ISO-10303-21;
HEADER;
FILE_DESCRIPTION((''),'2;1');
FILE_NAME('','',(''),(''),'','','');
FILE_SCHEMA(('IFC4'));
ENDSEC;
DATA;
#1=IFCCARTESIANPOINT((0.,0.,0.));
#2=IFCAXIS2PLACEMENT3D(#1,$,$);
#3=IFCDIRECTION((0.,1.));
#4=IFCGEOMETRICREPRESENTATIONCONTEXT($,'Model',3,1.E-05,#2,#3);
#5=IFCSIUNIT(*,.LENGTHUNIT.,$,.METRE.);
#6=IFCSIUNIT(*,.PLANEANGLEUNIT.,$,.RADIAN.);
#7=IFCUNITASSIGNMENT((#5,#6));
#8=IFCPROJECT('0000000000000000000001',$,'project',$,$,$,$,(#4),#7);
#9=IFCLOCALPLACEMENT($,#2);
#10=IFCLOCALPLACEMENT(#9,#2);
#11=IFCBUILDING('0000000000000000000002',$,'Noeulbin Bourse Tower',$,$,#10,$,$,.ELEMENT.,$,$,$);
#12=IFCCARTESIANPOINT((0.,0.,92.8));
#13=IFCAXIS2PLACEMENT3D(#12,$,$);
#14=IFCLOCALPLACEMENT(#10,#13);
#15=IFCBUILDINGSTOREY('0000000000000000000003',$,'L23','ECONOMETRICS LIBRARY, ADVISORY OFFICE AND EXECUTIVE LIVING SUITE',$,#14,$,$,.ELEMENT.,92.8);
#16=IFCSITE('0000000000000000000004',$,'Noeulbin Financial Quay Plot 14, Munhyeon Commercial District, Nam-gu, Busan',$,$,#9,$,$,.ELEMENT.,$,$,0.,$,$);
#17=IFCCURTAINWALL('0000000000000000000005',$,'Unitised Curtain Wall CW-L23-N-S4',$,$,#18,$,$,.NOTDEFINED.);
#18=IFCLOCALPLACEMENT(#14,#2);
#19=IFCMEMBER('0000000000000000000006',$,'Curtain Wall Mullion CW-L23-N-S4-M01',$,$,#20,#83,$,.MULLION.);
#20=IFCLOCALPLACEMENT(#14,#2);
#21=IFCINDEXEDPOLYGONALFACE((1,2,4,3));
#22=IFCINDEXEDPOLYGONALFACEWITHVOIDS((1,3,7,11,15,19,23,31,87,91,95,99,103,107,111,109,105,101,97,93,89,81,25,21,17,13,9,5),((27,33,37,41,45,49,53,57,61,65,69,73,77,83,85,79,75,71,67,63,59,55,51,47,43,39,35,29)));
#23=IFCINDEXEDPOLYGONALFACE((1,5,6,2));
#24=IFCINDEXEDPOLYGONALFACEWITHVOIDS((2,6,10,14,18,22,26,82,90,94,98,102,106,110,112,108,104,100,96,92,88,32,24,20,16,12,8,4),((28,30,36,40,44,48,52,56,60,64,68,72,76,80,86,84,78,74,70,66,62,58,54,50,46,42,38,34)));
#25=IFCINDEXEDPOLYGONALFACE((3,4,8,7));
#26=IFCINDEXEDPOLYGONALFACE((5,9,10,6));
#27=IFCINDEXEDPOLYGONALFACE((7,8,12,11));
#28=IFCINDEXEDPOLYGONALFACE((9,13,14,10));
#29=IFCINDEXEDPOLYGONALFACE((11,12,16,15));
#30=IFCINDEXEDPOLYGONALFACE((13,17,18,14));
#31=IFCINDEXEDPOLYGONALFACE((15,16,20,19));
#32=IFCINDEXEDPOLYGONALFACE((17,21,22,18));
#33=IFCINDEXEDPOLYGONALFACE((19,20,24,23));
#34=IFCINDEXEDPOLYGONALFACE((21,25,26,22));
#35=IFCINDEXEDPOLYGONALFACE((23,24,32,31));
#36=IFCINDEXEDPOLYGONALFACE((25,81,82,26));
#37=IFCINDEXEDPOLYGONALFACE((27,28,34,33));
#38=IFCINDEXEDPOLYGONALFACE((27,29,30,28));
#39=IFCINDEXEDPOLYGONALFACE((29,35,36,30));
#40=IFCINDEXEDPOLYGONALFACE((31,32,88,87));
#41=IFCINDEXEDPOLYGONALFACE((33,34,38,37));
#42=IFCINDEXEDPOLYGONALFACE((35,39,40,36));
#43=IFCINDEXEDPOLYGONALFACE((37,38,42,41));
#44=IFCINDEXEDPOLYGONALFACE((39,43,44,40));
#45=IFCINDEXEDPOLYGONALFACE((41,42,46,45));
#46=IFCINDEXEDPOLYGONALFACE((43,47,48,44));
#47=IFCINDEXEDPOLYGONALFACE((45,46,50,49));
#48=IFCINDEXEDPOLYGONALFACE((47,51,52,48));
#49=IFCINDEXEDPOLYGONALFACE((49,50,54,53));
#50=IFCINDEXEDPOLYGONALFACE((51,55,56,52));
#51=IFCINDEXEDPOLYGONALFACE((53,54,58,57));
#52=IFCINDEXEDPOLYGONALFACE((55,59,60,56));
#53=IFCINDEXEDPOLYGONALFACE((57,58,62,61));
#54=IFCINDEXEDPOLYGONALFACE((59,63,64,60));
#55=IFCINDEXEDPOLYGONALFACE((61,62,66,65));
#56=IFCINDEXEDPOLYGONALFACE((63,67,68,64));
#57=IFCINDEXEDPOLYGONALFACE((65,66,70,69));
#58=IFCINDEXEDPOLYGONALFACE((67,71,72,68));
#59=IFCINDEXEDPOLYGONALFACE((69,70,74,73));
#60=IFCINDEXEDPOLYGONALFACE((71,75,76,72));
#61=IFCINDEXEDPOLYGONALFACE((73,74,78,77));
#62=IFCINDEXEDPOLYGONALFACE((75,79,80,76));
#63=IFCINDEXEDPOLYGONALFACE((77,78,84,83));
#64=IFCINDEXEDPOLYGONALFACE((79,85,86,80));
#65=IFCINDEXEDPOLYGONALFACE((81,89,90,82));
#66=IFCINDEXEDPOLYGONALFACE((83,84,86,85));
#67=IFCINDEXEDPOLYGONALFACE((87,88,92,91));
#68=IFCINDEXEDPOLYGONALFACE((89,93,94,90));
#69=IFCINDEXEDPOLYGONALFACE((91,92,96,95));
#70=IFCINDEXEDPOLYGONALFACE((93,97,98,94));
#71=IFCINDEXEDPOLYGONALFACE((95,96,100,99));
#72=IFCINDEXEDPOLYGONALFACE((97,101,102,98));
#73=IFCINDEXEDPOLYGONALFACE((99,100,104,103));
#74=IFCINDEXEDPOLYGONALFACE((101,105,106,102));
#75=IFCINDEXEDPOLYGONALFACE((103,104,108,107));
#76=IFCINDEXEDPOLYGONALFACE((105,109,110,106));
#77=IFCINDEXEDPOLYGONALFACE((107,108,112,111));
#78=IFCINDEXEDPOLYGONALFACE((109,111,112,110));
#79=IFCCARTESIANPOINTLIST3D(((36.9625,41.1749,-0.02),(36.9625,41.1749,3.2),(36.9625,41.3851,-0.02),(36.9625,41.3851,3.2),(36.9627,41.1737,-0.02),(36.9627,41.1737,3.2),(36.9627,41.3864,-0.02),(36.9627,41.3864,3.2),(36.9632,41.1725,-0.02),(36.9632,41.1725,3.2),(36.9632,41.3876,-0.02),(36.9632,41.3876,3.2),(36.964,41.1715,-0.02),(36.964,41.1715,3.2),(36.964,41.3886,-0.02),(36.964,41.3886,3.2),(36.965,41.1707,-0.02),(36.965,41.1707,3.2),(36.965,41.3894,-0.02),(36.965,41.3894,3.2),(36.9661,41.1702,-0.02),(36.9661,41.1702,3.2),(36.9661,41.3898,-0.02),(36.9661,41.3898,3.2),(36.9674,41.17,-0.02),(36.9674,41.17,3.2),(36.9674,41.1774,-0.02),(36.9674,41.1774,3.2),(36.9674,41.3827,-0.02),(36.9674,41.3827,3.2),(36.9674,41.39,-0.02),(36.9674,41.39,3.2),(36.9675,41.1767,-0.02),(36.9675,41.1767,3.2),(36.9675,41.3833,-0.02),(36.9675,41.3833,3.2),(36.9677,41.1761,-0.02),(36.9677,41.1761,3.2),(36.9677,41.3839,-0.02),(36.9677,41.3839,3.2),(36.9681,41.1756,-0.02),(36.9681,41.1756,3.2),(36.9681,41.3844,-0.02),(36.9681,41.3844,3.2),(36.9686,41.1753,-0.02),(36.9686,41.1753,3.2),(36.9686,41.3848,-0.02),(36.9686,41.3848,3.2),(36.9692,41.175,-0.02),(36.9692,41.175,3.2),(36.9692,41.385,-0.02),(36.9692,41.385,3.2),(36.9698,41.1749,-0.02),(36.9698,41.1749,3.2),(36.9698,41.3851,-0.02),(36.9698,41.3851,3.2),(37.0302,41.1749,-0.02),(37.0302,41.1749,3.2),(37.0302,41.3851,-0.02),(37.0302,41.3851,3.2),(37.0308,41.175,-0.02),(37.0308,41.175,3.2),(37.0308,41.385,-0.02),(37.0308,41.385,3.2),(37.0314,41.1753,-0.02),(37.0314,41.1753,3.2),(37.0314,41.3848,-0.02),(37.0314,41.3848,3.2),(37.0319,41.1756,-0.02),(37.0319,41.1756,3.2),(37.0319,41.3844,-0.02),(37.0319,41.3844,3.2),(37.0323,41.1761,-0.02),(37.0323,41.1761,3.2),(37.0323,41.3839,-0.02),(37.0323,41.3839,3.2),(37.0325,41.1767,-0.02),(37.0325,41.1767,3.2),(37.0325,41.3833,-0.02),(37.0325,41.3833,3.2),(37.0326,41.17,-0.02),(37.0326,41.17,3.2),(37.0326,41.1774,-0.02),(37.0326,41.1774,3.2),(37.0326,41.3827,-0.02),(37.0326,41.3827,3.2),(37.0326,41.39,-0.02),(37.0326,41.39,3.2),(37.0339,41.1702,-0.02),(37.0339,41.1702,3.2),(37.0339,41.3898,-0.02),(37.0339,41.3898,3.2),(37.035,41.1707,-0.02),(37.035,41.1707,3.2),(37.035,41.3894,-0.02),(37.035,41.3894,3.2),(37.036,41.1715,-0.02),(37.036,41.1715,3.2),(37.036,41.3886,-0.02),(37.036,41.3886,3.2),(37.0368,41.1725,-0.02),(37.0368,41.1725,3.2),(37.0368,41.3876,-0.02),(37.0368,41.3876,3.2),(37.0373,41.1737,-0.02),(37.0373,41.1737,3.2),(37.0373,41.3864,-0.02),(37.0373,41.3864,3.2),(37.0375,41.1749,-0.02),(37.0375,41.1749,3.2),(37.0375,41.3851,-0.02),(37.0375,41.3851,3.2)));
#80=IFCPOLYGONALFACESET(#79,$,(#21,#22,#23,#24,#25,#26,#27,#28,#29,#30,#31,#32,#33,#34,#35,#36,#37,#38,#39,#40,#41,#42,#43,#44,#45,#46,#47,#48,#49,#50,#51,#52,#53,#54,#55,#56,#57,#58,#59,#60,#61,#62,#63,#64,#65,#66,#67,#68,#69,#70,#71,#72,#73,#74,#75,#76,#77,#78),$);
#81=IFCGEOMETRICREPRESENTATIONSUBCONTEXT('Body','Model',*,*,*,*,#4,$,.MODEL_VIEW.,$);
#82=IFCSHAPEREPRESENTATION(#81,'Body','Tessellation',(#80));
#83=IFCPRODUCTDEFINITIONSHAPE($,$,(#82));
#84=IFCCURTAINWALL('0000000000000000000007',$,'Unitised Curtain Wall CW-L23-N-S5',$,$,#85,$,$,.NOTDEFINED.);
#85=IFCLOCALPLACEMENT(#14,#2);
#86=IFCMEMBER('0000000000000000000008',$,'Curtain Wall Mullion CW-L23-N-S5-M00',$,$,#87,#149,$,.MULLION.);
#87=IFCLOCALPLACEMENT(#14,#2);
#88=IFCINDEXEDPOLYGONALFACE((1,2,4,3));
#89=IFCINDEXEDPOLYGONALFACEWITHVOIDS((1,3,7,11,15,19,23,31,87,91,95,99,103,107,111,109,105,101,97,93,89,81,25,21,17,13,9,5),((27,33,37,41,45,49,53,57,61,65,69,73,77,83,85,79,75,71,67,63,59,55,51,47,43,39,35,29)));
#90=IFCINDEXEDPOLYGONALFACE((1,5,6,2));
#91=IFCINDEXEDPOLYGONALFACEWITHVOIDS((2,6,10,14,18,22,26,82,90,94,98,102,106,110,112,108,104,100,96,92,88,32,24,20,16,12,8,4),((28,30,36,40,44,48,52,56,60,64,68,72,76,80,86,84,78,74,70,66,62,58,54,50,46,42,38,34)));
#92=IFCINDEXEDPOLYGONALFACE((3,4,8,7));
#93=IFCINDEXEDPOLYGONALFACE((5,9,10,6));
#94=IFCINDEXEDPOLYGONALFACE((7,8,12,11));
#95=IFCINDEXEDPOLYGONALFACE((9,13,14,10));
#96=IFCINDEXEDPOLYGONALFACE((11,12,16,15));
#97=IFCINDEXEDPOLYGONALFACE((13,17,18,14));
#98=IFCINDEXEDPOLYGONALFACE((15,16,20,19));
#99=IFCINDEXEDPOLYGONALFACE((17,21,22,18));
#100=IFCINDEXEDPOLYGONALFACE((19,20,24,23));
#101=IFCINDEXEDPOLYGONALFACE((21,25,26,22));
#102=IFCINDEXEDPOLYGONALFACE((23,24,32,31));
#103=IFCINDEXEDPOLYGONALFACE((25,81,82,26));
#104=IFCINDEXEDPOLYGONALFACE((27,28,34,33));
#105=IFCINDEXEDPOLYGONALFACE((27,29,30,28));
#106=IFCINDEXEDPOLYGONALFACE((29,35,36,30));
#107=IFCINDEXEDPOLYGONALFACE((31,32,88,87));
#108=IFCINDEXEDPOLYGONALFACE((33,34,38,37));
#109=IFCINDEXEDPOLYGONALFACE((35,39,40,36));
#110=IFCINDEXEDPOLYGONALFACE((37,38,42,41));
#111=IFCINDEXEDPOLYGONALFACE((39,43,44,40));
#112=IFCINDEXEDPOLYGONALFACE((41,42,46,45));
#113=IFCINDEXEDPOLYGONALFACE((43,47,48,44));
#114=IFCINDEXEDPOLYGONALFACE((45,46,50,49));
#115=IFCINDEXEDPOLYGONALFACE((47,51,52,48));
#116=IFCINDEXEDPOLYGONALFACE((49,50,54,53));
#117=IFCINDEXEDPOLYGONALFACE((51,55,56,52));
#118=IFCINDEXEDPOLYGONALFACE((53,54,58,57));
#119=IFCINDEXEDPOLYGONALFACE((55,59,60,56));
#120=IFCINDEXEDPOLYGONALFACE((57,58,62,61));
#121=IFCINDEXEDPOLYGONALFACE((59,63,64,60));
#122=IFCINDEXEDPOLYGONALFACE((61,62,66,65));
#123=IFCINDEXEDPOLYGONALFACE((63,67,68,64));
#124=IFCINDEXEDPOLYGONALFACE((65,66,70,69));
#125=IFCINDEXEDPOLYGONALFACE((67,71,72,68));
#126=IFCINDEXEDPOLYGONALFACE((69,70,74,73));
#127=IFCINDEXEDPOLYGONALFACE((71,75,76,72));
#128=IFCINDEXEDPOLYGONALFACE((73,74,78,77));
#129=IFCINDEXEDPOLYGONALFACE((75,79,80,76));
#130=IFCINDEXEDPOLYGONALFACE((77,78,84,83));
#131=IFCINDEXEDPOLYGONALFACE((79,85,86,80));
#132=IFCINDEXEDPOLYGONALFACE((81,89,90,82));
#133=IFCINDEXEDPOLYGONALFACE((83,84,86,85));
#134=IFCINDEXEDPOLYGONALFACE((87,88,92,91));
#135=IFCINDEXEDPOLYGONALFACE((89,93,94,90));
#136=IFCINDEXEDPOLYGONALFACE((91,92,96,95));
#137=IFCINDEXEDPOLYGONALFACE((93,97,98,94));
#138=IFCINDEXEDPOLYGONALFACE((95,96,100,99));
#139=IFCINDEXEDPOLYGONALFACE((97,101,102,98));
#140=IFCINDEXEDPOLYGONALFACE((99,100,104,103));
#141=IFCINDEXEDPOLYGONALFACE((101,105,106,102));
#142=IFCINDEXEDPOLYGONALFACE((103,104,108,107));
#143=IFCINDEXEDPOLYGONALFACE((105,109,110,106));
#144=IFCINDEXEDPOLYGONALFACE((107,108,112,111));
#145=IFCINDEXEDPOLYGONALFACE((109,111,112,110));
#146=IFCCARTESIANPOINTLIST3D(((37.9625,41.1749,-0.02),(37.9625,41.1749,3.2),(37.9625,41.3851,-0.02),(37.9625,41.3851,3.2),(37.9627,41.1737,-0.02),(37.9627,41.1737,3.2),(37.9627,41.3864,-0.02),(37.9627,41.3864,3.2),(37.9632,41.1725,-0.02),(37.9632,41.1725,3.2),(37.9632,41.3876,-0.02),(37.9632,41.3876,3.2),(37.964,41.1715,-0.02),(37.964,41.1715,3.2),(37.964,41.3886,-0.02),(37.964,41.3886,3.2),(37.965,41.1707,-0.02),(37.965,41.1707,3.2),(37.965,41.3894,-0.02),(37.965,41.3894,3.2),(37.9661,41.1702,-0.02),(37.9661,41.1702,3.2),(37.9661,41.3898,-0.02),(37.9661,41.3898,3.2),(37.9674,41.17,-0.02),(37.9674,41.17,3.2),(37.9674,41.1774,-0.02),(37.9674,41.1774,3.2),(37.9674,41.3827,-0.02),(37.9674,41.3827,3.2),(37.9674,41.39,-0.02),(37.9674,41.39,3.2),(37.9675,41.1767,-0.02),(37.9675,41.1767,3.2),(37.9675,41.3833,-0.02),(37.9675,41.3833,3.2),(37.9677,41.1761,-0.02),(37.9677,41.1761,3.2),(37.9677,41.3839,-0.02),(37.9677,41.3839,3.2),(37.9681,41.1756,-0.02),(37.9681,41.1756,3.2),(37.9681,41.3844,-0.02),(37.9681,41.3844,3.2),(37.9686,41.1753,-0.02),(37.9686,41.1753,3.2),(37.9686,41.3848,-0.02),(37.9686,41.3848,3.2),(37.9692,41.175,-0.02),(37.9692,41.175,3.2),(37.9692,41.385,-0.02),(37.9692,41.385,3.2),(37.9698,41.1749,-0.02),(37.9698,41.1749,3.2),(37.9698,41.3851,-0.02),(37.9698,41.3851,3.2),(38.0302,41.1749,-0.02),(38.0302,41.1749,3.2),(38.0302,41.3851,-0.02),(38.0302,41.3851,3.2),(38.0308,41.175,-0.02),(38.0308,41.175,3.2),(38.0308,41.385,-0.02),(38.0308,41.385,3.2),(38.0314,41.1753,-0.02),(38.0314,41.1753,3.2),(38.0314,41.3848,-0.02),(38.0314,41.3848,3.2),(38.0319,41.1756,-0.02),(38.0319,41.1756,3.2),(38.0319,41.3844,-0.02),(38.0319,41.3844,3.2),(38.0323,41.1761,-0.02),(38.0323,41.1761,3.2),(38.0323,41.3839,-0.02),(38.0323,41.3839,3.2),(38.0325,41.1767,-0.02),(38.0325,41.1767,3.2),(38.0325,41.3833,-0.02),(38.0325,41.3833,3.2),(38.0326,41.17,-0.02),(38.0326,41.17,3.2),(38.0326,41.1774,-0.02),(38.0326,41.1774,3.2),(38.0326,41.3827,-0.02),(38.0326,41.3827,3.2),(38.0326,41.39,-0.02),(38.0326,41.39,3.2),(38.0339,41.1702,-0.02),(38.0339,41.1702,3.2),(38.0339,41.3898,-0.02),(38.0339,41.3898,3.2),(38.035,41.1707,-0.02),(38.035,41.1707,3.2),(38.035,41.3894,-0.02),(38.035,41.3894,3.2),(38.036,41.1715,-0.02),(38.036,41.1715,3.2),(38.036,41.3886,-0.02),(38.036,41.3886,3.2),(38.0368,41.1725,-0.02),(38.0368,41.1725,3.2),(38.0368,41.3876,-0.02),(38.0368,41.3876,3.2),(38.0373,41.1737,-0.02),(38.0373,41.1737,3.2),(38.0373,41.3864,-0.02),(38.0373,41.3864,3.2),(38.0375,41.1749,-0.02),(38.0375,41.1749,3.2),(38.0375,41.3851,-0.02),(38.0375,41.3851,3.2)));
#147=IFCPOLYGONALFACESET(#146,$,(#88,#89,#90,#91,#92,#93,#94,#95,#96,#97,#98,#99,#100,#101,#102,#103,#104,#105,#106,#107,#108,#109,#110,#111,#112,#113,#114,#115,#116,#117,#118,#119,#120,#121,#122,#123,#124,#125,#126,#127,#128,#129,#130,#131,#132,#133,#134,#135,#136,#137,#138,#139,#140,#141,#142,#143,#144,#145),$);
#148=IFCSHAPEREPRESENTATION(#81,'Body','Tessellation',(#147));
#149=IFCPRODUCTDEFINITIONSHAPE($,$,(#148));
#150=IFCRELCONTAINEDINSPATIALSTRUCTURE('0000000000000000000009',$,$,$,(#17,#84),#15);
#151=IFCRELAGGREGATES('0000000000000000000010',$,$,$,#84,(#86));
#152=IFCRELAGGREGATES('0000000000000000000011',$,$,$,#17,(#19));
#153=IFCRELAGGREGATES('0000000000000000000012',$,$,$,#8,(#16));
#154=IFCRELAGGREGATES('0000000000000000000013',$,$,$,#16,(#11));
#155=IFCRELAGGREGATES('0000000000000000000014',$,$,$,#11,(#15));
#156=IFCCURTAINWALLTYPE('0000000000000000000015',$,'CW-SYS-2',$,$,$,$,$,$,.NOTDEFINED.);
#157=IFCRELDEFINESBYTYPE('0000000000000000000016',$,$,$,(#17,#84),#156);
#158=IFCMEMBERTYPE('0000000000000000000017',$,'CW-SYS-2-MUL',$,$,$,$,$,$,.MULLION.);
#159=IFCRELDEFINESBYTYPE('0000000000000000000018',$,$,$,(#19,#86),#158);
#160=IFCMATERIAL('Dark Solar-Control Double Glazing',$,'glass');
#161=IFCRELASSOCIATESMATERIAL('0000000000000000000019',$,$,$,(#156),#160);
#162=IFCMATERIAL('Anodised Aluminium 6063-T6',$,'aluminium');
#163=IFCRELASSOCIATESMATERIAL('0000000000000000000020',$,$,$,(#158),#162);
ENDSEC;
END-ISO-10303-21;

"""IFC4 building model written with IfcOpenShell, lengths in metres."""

from ifc_helpers import new_model, si_unit, direction, frame, origin, origin_2d, place, context, subcontext, project, spatial, hollow_rectangle, extrude, material, material_profile, profile_set, type_object, element, aggregate, save


model = new_model("IFC4")

# Units and contexts
model_context = context("Model", 3, precision=1e-05, world=origin(), true_north=direction((0.0, 1.0)))
body_context = subcontext(model_context, "Body", "Model", "MODEL_VIEW")
ifc_project = project(units=[si_unit("LENGTHUNIT", "METRE"), si_unit("PLANEANGLEUNIT", "RADIAN")], contexts=[model_context])

# Site, building, storey
site_placement = place(None, origin())
site = spatial("IfcSite", under=ifc_project, at=site_placement, Name="Noeulbin Financial Quay Plot 14, Munhyeon Commercial District, Nam-gu, Busan", CompositionType="ELEMENT", RefElevation=0.0)
building_placement = place(site_placement, origin())
building = spatial("IfcBuilding", under=site, at=building_placement, Name="Noeulbin Bourse Tower", CompositionType="ELEMENT")
storey_placement = place(building_placement, frame((0.0, 0.0, 92.8)))
storey = spatial("IfcBuildingStorey", under=building, at=storey_placement, Name="L23", Description="ECONOMETRICS LIBRARY, ADVISORY OFFICE AND EXECUTIVE LIVING SUITE", CompositionType="ELEMENT", Elevation=92.8)

# Shared definitions
ifc_material_1 = material(Name="Dark Solar-Control Double Glazing", Category="glass")
curtain_wall_type = type_object("IfcCurtainWallType", Name="CW-SYS-2", PredefinedType="NOTDEFINED", material=ifc_material_1)
ifc_material_2 = material(Name="Anodised Aluminium 6063-T6", Category="aluminium")
ifc_material_profile_1 = material_profile(ifc_material_2, hollow_rectangle(XDim=0.075, YDim=0.22, WallThickness=0.0049, InnerFilletRadius=0.0024, OuterFilletRadius=0.0049, at=origin_2d()), Name="ALU-MULL-75x220x5", Category="LoadBearing")
ifc_profile_set_1 = profile_set([ifc_material_profile_1], Name="Anodised Aluminium 6063-T6")
member_type_1 = type_object("IfcMemberType", Name="CW-SYS-2-MUL", PredefinedType="MULLION", material=ifc_profile_set_1)

# Curtain wall, member
curtain_wall_1_placement = place(storey_placement, origin())
curtain_wall_1 = element("IfcCurtainWall", 1, at=curtain_wall_1_placement, inside=storey, type_object=curtain_wall_type, Name="Unitised Curtain Wall CW-L23-N-S4", PredefinedType="NOTDEFINED")
member_1_placement = place(storey_placement, frame((37.0, 41.28, -0.02), z_axis=(0.0, 0.0, 1.0), x_axis=(1.0, 0.0, 0.0)))
member_1 = element("IfcMember", 2, at=member_1_placement, type_object=member_type_1, Name="Curtain Wall Mullion CW-L23-N-S4-M01", PredefinedType="MULLION", context=body_context, shape_type="SweptSolid", body=[
    extrude(hollow_rectangle(XDim=0.075, YDim=0.22, WallThickness=0.0049, InnerFilletRadius=0.0024, OuterFilletRadius=0.0049, at=origin_2d()), origin(), (0.0, 0.0, 1.0), 3.22),
])

# Curtain wall, member
curtain_wall_2_placement = place(storey_placement, origin())
curtain_wall_2 = element("IfcCurtainWall", 3, at=curtain_wall_2_placement, inside=storey, type_object=curtain_wall_type, Name="Unitised Curtain Wall CW-L23-N-S5", PredefinedType="NOTDEFINED")
member_2_placement = place(storey_placement, frame((38.0, 41.28, -0.02), z_axis=(0.0, 0.0, 1.0), x_axis=(1.0, 0.0, 0.0)))
member_2 = element("IfcMember", 4, at=member_2_placement, type_object=member_type_1, Name="Curtain Wall Mullion CW-L23-N-S5-M00", PredefinedType="MULLION", context=body_context, shape_type="SweptSolid", body=[
    extrude(hollow_rectangle(XDim=0.075, YDim=0.22, WallThickness=0.0049, InnerFilletRadius=0.0024, OuterFilletRadius=0.0049, at=origin_2d()), origin(), (0.0, 0.0, 1.0), 3.22),
])

aggregate(curtain_wall_2, [member_2])

aggregate(curtain_wall_1, [member_1])

save(model, "model.ifc")
